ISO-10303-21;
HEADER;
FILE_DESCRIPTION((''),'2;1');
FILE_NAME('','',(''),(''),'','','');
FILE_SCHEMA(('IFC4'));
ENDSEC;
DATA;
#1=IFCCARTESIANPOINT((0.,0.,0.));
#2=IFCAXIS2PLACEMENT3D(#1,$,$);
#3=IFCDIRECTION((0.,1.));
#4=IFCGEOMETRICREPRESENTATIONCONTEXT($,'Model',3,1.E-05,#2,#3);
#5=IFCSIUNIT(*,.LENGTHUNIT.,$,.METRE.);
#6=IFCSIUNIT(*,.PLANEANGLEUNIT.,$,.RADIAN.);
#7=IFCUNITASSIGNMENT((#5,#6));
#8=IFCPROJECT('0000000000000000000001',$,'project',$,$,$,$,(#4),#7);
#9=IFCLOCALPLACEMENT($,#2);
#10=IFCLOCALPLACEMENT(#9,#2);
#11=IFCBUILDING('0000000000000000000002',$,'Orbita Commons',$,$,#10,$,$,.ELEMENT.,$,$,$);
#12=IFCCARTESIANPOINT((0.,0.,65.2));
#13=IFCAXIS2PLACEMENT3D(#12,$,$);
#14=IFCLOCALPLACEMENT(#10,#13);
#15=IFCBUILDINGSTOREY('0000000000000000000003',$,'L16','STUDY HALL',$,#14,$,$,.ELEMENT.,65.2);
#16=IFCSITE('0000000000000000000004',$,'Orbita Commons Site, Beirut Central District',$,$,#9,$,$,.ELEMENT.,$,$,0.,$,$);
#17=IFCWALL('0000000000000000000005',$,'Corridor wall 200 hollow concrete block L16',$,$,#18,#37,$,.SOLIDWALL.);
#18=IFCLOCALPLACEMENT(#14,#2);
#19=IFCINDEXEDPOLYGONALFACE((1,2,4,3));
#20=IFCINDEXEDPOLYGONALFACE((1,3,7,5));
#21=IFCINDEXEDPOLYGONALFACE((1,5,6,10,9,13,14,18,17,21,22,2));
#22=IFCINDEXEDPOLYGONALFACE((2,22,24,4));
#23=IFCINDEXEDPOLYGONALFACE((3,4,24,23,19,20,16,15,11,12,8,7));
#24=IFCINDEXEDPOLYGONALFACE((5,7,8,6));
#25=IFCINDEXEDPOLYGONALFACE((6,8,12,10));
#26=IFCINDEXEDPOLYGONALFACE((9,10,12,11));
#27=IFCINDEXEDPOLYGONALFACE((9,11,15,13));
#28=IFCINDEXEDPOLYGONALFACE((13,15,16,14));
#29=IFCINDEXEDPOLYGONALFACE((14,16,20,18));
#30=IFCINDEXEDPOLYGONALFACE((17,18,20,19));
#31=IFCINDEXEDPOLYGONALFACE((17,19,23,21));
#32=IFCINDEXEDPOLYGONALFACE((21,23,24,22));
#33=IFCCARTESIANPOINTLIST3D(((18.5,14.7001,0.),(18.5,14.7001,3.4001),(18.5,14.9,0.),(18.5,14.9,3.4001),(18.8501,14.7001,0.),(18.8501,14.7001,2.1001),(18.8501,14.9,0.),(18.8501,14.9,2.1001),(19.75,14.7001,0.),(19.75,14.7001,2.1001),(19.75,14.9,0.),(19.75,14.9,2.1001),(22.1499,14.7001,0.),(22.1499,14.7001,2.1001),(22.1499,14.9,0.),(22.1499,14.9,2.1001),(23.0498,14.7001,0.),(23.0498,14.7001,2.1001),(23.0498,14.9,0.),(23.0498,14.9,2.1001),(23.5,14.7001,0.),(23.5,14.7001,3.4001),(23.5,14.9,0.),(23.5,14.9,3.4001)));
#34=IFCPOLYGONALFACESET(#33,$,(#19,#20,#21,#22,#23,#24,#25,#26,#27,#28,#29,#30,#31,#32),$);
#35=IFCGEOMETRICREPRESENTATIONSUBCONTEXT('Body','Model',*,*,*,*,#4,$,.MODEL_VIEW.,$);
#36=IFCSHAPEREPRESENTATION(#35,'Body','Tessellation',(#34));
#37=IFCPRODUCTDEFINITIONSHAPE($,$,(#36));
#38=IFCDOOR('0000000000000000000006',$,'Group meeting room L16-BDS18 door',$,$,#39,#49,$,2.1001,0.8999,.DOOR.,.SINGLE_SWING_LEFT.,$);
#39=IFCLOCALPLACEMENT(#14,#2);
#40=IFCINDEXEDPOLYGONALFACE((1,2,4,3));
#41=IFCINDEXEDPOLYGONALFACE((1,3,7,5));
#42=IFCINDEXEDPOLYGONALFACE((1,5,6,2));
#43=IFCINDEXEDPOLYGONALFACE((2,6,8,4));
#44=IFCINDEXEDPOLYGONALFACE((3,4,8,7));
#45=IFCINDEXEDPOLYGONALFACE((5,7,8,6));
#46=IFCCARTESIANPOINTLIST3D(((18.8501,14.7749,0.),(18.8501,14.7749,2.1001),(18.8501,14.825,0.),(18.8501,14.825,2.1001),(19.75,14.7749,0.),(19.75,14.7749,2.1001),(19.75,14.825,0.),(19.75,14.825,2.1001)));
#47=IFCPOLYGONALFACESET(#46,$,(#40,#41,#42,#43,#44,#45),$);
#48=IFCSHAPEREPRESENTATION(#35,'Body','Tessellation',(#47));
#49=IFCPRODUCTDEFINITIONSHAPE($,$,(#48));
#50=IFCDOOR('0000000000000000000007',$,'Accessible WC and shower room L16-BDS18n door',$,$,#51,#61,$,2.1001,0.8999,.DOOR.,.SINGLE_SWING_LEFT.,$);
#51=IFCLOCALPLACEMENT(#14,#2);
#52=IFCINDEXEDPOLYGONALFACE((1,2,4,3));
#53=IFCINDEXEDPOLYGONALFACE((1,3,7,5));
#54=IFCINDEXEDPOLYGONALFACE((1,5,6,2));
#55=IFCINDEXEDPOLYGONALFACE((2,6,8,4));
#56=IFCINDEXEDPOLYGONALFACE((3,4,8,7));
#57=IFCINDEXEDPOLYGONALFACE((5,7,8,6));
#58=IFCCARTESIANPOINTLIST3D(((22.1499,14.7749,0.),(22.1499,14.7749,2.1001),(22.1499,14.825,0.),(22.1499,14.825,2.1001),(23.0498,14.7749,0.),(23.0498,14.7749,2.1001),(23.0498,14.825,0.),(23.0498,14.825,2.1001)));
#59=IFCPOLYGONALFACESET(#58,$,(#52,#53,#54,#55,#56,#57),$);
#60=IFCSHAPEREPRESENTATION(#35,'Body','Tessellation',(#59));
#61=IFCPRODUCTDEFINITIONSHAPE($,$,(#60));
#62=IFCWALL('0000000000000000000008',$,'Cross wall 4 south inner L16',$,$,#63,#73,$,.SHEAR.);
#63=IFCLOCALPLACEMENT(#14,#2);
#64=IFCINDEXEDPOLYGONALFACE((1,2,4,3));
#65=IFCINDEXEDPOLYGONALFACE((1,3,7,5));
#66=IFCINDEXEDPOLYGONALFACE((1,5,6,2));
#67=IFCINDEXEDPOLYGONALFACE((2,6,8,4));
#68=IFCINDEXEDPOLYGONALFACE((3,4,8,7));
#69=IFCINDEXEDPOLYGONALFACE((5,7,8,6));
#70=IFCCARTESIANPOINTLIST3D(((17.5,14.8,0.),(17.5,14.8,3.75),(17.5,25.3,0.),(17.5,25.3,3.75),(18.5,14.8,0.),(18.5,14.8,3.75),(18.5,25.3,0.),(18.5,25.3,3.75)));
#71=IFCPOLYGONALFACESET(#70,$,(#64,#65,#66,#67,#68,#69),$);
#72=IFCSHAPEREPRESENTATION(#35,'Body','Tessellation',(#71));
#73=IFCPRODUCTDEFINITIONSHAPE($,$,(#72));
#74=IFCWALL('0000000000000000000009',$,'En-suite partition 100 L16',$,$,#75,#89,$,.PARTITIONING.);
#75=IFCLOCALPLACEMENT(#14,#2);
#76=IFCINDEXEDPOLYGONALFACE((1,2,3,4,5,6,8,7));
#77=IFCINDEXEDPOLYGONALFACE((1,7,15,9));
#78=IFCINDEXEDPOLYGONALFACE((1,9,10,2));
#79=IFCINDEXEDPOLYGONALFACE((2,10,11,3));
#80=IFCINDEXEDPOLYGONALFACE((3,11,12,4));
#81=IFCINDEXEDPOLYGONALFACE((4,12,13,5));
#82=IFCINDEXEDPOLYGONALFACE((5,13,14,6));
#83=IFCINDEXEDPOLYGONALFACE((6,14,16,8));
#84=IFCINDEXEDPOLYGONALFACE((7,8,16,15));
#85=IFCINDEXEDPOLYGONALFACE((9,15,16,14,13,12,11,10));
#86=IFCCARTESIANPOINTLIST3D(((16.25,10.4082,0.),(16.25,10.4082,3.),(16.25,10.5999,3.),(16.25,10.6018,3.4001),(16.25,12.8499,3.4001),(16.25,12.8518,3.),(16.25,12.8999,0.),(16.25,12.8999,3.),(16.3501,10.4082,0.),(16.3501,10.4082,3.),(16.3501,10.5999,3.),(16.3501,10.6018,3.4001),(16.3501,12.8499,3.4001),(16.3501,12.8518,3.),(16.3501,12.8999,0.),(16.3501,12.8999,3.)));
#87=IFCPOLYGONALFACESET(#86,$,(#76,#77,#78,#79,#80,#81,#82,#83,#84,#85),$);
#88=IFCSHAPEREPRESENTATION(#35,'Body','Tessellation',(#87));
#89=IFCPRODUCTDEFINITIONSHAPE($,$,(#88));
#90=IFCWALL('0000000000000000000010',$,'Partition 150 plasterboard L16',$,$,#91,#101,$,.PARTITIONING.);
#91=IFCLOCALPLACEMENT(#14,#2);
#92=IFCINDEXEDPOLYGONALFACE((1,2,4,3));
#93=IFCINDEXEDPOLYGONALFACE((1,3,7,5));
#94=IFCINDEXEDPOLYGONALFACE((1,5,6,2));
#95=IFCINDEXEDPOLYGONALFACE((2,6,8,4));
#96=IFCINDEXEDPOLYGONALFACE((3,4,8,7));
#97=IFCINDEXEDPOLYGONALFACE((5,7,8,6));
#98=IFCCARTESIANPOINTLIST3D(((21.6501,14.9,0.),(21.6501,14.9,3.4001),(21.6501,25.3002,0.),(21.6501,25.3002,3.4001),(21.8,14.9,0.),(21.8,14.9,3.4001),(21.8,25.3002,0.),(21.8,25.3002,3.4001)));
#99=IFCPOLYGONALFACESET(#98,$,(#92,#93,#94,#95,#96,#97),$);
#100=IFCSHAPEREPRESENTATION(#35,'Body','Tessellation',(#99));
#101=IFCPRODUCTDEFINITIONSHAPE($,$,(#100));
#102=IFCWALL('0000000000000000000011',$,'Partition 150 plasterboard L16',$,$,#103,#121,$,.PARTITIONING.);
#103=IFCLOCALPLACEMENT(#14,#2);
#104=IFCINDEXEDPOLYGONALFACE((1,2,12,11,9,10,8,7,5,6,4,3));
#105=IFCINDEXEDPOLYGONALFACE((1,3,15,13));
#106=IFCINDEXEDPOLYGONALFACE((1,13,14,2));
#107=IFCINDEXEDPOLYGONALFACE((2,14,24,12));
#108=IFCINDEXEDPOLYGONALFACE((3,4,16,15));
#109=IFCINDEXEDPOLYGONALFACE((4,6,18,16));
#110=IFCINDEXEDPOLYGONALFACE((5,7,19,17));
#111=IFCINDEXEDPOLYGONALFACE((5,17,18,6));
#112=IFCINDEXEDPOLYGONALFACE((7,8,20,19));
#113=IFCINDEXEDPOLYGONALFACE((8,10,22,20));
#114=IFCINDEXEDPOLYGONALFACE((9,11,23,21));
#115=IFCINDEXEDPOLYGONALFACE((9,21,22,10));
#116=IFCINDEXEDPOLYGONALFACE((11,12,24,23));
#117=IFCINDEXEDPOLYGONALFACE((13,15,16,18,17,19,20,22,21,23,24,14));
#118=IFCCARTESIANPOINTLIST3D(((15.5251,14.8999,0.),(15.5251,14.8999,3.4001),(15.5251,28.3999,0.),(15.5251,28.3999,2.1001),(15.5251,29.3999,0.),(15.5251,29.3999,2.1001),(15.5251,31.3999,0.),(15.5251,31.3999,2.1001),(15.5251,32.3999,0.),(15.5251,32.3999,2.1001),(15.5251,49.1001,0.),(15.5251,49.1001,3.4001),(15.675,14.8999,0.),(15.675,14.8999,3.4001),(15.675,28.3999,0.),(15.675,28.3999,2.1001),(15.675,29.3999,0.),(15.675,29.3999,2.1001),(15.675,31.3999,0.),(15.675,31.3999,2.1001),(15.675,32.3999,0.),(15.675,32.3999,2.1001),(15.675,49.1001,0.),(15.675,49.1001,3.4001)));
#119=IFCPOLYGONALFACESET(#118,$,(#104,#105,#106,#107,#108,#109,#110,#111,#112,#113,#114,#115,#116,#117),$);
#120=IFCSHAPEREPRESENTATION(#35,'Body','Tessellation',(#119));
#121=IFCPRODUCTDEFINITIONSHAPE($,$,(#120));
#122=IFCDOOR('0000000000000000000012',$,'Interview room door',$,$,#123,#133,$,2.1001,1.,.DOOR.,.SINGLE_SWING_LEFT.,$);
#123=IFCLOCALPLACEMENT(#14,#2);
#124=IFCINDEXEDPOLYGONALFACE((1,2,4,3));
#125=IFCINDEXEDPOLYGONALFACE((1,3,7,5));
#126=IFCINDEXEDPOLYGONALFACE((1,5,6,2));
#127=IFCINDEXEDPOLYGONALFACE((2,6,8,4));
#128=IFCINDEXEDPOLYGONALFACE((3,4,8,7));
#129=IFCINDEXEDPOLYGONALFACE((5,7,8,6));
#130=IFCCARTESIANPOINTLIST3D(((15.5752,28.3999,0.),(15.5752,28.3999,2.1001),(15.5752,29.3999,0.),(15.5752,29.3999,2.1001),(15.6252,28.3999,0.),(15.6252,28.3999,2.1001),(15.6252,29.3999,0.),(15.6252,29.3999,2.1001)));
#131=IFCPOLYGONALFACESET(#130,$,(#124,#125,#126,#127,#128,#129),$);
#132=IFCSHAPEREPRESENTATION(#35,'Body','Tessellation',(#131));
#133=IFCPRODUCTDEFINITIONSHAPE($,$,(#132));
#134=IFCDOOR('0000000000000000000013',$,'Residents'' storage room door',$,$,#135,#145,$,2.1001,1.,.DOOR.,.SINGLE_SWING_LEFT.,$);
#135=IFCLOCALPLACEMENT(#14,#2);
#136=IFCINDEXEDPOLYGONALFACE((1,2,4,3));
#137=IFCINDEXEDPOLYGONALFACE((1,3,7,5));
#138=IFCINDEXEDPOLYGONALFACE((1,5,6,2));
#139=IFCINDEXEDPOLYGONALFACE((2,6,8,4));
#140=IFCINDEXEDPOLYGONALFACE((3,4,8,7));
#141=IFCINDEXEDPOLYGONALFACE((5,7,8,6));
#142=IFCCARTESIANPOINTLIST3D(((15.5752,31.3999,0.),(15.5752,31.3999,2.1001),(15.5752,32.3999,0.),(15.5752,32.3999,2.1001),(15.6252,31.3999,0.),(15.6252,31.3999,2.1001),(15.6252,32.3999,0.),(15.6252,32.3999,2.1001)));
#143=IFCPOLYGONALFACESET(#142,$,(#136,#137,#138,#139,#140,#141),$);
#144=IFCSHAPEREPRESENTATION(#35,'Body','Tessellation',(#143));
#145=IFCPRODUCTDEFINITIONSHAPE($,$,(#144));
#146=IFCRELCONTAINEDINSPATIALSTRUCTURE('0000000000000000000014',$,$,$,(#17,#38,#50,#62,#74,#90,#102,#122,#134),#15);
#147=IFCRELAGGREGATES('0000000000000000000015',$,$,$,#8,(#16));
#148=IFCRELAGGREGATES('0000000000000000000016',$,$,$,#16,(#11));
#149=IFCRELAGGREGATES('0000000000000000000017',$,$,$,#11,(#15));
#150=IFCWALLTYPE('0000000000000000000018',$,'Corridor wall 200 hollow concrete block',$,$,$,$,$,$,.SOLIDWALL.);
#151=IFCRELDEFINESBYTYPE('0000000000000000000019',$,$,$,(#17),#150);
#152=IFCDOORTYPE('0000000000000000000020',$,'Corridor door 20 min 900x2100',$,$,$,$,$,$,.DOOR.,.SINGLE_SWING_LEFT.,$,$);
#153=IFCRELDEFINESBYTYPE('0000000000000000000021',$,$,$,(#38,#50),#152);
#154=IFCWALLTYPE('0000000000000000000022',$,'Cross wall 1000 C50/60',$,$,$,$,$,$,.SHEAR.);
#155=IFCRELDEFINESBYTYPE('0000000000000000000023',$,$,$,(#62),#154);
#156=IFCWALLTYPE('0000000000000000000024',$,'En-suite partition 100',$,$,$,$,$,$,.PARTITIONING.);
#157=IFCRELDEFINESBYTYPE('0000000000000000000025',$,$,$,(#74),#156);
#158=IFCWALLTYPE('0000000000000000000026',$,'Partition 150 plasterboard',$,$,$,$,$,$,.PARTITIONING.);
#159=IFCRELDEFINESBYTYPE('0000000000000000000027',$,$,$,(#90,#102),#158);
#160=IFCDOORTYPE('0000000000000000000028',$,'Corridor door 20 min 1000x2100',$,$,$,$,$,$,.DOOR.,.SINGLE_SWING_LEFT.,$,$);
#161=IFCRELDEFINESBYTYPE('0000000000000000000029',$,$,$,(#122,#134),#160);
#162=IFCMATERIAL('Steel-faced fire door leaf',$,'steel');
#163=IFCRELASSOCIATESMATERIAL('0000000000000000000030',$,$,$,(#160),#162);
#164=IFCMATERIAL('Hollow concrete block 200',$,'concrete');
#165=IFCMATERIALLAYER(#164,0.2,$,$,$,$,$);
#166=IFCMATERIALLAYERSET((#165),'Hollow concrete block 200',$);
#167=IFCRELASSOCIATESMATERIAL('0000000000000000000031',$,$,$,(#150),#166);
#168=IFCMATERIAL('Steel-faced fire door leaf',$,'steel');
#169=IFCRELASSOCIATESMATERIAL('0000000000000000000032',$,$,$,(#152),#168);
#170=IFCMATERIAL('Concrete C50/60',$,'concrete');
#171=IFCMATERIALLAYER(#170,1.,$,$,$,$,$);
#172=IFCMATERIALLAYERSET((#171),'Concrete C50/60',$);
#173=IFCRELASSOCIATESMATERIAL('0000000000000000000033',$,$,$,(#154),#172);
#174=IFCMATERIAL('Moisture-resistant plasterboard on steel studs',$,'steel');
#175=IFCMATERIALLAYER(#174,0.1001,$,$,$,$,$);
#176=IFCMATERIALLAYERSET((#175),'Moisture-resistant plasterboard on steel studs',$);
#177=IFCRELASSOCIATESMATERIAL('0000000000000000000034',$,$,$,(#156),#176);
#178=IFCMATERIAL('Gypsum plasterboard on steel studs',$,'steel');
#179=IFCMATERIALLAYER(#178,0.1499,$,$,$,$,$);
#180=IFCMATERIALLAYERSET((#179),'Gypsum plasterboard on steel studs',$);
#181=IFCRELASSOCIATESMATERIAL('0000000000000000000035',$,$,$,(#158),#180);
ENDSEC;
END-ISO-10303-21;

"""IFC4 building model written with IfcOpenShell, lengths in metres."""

from ifc_helpers import new_model, si_unit, direction, frame, frame_2d, origin, place, context, subcontext, project, spatial, polyline, rectangle, outline, extrude, material, layer, layer_set, type_object, element, fill, save


model = new_model("IFC4")

# Units and contexts
model_context = context("Model", 3, precision=1e-05, world=origin(), true_north=direction((0.0, 1.0)))
body_context = subcontext(model_context, "Body", "Model", "MODEL_VIEW")
ifc_project = project(units=[si_unit("LENGTHUNIT", "METRE"), si_unit("PLANEANGLEUNIT", "RADIAN")], contexts=[model_context])

# Site, building, storey
site_placement = place(None, origin())
site = spatial("IfcSite", under=ifc_project, at=site_placement, Name="Orbita Commons Site, Beirut Central District", CompositionType="ELEMENT", RefElevation=0.0)
building_placement = place(site_placement, origin())
building = spatial("IfcBuilding", under=site, at=building_placement, Name="Orbita Commons", CompositionType="ELEMENT")
storey_placement = place(building_placement, frame((0.0, 0.0, 65.2)))
storey = spatial("IfcBuildingStorey", under=building, at=storey_placement, Name="L16", Description="STUDY HALL", CompositionType="ELEMENT", Elevation=65.2)

# Shared definitions
ifc_material_1 = material(Name="Steel-faced fire door leaf", Category="steel")
door_type_1 = type_object("IfcDoorType", Name="Corridor door 20 min 1000x2100", OperationType="SINGLE_SWING_LEFT", PredefinedType="DOOR", material=ifc_material_1)

# Wall, openings, doors
ifc_material_2 = material(Name="Hollow concrete block 200", Category="concrete")
ifc_layer_1 = layer(ifc_material_2, 0.2)
ifc_layer_set_1 = layer_set([ifc_layer_1], Name="Hollow concrete block 200")
wall_type_1 = type_object("IfcWallType", Name="Corridor wall 200 hollow concrete block", PredefinedType="SOLIDWALL", material=ifc_layer_set_1)
wall_1_placement = place(storey_placement, frame((18.5, 14.8, 0.0), z_axis=(0.0, 0.0, 1.0), x_axis=(1.0, 0.0, 0.0)))
wall_1 = element("IfcWall", 1, at=wall_1_placement, inside=storey, type_object=wall_type_1, Name="Corridor wall 200 hollow concrete block L16", PredefinedType="SOLIDWALL", context=body_context, shape_type="SweptSolid", body=[
    extrude(rectangle(XDim=5.0, YDim=0.2, at=frame_2d((2.5, 0.0))), origin(), (0.0, 0.0, 1.0), 3.4001),
])
opening_1_placement = place(wall_1_placement, frame((0.3501, 0.0, 0.0)))
opening_1 = element("IfcOpeningElement", 2, at=opening_1_placement, cuts=wall_1, PredefinedType="OPENING", context=body_context, shape_type="SweptSolid", body=[
    extrude(rectangle(XDim=0.8999, YDim=2.1001, at=frame_2d((0.45, 1.05))), frame((0.0, 0.1099, 0.0), z_axis=(0.0, -1.0, 0.0), x_axis=(1.0, 0.0, 0.0)), (0.0, 0.0, 1.0), 0.22),
])
opening_2_placement = place(wall_1_placement, frame((3.6499, 0.0, 0.0)))
opening_2 = element("IfcOpeningElement", 3, at=opening_2_placement, cuts=wall_1, PredefinedType="OPENING", context=body_context, shape_type="SweptSolid", body=[
    extrude(rectangle(XDim=0.8999, YDim=2.1001, at=frame_2d((0.45, 1.05))), frame((0.0, 0.1099, 0.0), z_axis=(0.0, -1.0, 0.0), x_axis=(1.0, 0.0, 0.0)), (0.0, 0.0, 1.0), 0.22),
])
ifc_material_3 = material(Name="Steel-faced fire door leaf", Category="steel")
door_type_2 = type_object("IfcDoorType", Name="Corridor door 20 min 900x2100", OperationType="SINGLE_SWING_LEFT", PredefinedType="DOOR", material=ifc_material_3)
door_1_placement = place(opening_1_placement, origin())
door_1 = element("IfcDoor", 4, at=door_1_placement, inside=storey, type_object=door_type_2, Name="Group meeting room L16-BDS18 door", OperationType="SINGLE_SWING_LEFT", OverallHeight=2.1001, OverallWidth=0.8999, PredefinedType="DOOR", context=body_context, shape_type="SweptSolid", body=[
    extrude(rectangle(XDim=0.8999, YDim=2.1001, at=frame_2d((0.45, 1.05))), frame((0.0, 0.0249, 0.0), z_axis=(0.0, -1.0, 0.0), x_axis=(1.0, 0.0, 0.0)), (0.0, 0.0, 1.0), 0.05),
])
fill(opening_1, door_1)
door_2_placement = place(opening_2_placement, origin())
door_2 = element("IfcDoor", 5, at=door_2_placement, inside=storey, type_object=door_type_2, Name="Accessible WC and shower room L16-BDS18n door", OperationType="SINGLE_SWING_LEFT", OverallHeight=2.1001, OverallWidth=0.8999, PredefinedType="DOOR", context=body_context, shape_type="SweptSolid", body=[
    extrude(rectangle(XDim=0.8999, YDim=2.1001, at=frame_2d((0.45, 1.05))), frame((0.0, 0.0249, 0.0), z_axis=(0.0, -1.0, 0.0), x_axis=(1.0, 0.0, 0.0)), (0.0, 0.0, 1.0), 0.05),
])
fill(opening_2, door_2)

# Walls
ifc_material_4 = material(Name="Concrete C50/60", Category="concrete")
ifc_layer_2 = layer(ifc_material_4, 1.0)
ifc_layer_set_2 = layer_set([ifc_layer_2], Name="Concrete C50/60")
wall_type_2 = type_object("IfcWallType", Name="Cross wall 1000 C50/60", PredefinedType="SHEAR", material=ifc_layer_set_2)
wall_2_placement = place(storey_placement, frame((18.0, 14.8, 0.0), z_axis=(0.0, 0.0, 1.0), x_axis=(0.0, 1.0, 0.0)))
element("IfcWall", 6, at=wall_2_placement, inside=storey, type_object=wall_type_2, Name="Cross wall 4 south inner L16", PredefinedType="SHEAR", context=body_context, shape_type="SweptSolid", body=[
    extrude(rectangle(XDim=10.5, YDim=1.0, at=frame_2d((5.25, 0.0))), origin(), (0.0, 0.0, 1.0), 3.75),
])
ifc_material_5 = material(Name="Moisture-resistant plasterboard on steel studs", Category="steel")
ifc_layer_3 = layer(ifc_material_5, 0.1001)
ifc_layer_set_3 = layer_set([ifc_layer_3], Name="Moisture-resistant plasterboard on steel studs")
wall_type_3 = type_object("IfcWallType", Name="En-suite partition 100", PredefinedType="PARTITIONING", material=ifc_layer_set_3)
wall_3_placement = place(storey_placement, frame((16.3, 10.4082, 0.0), z_axis=(0.0, 0.0, 1.0), x_axis=(0.0, 1.0, 0.0)))
element("IfcWall", 7, at=wall_3_placement, inside=storey, type_object=wall_type_3, Name="En-suite partition 100 L16", PredefinedType="PARTITIONING", context=body_context, shape_type="SweptSolid", body=[
    extrude(outline(polyline([(0.0, 0.0), (2.4917, 0.0), (2.4917, 3.0), (2.4436, 3.0), (2.4417, 3.4001), (0.1936, 3.4001), (0.1917, 3.0), (0.0, 3.0), (0.0, 0.0)])), frame((0.0, 0.05, 0.0), z_axis=(0.0, -1.0, 0.0), x_axis=(1.0, 0.0, 0.0)), (0.0, 0.0, 1.0), 0.1001),
])
ifc_material_6 = material(Name="Gypsum plasterboard on steel studs", Category="steel")
ifc_layer_4 = layer(ifc_material_6, 0.1499)
ifc_layer_set_4 = layer_set([ifc_layer_4], Name="Gypsum plasterboard on steel studs")
wall_type_4 = type_object("IfcWallType", Name="Partition 150 plasterboard", PredefinedType="PARTITIONING", material=ifc_layer_set_4)
wall_4_placement = place(storey_placement, frame((21.7251, 14.8999, 0.0), z_axis=(0.0, 0.0, 1.0), x_axis=(0.0, 1.0, 0.0)))
element("IfcWall", 8, at=wall_4_placement, inside=storey, type_object=wall_type_4, Name="Partition 150 plasterboard L16", PredefinedType="PARTITIONING", context=body_context, shape_type="SweptSolid", body=[
    extrude(rectangle(XDim=10.4001, YDim=0.1499, at=frame_2d((5.2002, 0.0))), origin(), (0.0, 0.0, 1.0), 3.4001),
])

# Wall, openings, doors
wall_5_placement = place(storey_placement, frame((15.6001, 14.8999, 0.0), z_axis=(0.0, 0.0, 1.0), x_axis=(0.0, 1.0, 0.0)))
wall_5 = element("IfcWall", 9, at=wall_5_placement, inside=storey, type_object=wall_type_4, Name="Partition 150 plasterboard L16", PredefinedType="PARTITIONING", context=body_context, shape_type="SweptSolid", body=[
    extrude(rectangle(XDim=34.2002, YDim=0.1499, at=frame_2d((17.1001, 0.0))), origin(), (0.0, 0.0, 1.0), 3.4001),
])
opening_3_placement = place(wall_5_placement, frame((13.5, 0.0, 0.0)))
opening_3 = element("IfcOpeningElement", 10, at=opening_3_placement, cuts=wall_5, PredefinedType="OPENING", context=body_context, shape_type="SweptSolid", body=[
    extrude(rectangle(XDim=1.0, YDim=2.1001, at=frame_2d((0.5, 1.05))), frame((0.0, 0.085, 0.0), z_axis=(0.0, -1.0, 0.0), x_axis=(1.0, 0.0, 0.0)), (0.0, 0.0, 1.0), 0.1699),
])
opening_4_placement = place(wall_5_placement, frame((16.5, 0.0, 0.0)))
opening_4 = element("IfcOpeningElement", 11, at=opening_4_placement, cuts=wall_5, PredefinedType="OPENING", context=body_context, shape_type="SweptSolid", body=[
    extrude(rectangle(XDim=1.0, YDim=2.1001, at=frame_2d((0.5, 1.05))), frame((0.0, 0.085, 0.0), z_axis=(0.0, -1.0, 0.0), x_axis=(1.0, 0.0, 0.0)), (0.0, 0.0, 1.0), 0.1699),
])
door_3_placement = place(opening_3_placement, origin())
door_3 = element("IfcDoor", 12, at=door_3_placement, inside=storey, type_object=door_type_1, Name="Interview room door", OperationType="SINGLE_SWING_LEFT", OverallHeight=2.1001, OverallWidth=1.0, PredefinedType="DOOR", context=body_context, shape_type="SweptSolid", body=[
    extrude(rectangle(XDim=1.0, YDim=2.1001, at=frame_2d((0.5, 1.05))), frame((0.0, 0.0249, 0.0), z_axis=(0.0, -1.0, 0.0), x_axis=(1.0, 0.0, 0.0)), (0.0, 0.0, 1.0), 0.05),
])
fill(opening_3, door_3)
door_4_placement = place(opening_4_placement, origin())
door_4 = element("IfcDoor", 13, at=door_4_placement, inside=storey, type_object=door_type_1, Name="Residents' storage room door", OperationType="SINGLE_SWING_LEFT", OverallHeight=2.1001, OverallWidth=1.0, PredefinedType="DOOR", context=body_context, shape_type="SweptSolid", body=[
    extrude(rectangle(XDim=1.0, YDim=2.1001, at=frame_2d((0.5, 1.05))), frame((0.0, 0.0249, 0.0), z_axis=(0.0, -1.0, 0.0), x_axis=(1.0, 0.0, 0.0)), (0.0, 0.0, 1.0), 0.05),
])
fill(opening_4, door_4)

save(model, "model.ifc")
